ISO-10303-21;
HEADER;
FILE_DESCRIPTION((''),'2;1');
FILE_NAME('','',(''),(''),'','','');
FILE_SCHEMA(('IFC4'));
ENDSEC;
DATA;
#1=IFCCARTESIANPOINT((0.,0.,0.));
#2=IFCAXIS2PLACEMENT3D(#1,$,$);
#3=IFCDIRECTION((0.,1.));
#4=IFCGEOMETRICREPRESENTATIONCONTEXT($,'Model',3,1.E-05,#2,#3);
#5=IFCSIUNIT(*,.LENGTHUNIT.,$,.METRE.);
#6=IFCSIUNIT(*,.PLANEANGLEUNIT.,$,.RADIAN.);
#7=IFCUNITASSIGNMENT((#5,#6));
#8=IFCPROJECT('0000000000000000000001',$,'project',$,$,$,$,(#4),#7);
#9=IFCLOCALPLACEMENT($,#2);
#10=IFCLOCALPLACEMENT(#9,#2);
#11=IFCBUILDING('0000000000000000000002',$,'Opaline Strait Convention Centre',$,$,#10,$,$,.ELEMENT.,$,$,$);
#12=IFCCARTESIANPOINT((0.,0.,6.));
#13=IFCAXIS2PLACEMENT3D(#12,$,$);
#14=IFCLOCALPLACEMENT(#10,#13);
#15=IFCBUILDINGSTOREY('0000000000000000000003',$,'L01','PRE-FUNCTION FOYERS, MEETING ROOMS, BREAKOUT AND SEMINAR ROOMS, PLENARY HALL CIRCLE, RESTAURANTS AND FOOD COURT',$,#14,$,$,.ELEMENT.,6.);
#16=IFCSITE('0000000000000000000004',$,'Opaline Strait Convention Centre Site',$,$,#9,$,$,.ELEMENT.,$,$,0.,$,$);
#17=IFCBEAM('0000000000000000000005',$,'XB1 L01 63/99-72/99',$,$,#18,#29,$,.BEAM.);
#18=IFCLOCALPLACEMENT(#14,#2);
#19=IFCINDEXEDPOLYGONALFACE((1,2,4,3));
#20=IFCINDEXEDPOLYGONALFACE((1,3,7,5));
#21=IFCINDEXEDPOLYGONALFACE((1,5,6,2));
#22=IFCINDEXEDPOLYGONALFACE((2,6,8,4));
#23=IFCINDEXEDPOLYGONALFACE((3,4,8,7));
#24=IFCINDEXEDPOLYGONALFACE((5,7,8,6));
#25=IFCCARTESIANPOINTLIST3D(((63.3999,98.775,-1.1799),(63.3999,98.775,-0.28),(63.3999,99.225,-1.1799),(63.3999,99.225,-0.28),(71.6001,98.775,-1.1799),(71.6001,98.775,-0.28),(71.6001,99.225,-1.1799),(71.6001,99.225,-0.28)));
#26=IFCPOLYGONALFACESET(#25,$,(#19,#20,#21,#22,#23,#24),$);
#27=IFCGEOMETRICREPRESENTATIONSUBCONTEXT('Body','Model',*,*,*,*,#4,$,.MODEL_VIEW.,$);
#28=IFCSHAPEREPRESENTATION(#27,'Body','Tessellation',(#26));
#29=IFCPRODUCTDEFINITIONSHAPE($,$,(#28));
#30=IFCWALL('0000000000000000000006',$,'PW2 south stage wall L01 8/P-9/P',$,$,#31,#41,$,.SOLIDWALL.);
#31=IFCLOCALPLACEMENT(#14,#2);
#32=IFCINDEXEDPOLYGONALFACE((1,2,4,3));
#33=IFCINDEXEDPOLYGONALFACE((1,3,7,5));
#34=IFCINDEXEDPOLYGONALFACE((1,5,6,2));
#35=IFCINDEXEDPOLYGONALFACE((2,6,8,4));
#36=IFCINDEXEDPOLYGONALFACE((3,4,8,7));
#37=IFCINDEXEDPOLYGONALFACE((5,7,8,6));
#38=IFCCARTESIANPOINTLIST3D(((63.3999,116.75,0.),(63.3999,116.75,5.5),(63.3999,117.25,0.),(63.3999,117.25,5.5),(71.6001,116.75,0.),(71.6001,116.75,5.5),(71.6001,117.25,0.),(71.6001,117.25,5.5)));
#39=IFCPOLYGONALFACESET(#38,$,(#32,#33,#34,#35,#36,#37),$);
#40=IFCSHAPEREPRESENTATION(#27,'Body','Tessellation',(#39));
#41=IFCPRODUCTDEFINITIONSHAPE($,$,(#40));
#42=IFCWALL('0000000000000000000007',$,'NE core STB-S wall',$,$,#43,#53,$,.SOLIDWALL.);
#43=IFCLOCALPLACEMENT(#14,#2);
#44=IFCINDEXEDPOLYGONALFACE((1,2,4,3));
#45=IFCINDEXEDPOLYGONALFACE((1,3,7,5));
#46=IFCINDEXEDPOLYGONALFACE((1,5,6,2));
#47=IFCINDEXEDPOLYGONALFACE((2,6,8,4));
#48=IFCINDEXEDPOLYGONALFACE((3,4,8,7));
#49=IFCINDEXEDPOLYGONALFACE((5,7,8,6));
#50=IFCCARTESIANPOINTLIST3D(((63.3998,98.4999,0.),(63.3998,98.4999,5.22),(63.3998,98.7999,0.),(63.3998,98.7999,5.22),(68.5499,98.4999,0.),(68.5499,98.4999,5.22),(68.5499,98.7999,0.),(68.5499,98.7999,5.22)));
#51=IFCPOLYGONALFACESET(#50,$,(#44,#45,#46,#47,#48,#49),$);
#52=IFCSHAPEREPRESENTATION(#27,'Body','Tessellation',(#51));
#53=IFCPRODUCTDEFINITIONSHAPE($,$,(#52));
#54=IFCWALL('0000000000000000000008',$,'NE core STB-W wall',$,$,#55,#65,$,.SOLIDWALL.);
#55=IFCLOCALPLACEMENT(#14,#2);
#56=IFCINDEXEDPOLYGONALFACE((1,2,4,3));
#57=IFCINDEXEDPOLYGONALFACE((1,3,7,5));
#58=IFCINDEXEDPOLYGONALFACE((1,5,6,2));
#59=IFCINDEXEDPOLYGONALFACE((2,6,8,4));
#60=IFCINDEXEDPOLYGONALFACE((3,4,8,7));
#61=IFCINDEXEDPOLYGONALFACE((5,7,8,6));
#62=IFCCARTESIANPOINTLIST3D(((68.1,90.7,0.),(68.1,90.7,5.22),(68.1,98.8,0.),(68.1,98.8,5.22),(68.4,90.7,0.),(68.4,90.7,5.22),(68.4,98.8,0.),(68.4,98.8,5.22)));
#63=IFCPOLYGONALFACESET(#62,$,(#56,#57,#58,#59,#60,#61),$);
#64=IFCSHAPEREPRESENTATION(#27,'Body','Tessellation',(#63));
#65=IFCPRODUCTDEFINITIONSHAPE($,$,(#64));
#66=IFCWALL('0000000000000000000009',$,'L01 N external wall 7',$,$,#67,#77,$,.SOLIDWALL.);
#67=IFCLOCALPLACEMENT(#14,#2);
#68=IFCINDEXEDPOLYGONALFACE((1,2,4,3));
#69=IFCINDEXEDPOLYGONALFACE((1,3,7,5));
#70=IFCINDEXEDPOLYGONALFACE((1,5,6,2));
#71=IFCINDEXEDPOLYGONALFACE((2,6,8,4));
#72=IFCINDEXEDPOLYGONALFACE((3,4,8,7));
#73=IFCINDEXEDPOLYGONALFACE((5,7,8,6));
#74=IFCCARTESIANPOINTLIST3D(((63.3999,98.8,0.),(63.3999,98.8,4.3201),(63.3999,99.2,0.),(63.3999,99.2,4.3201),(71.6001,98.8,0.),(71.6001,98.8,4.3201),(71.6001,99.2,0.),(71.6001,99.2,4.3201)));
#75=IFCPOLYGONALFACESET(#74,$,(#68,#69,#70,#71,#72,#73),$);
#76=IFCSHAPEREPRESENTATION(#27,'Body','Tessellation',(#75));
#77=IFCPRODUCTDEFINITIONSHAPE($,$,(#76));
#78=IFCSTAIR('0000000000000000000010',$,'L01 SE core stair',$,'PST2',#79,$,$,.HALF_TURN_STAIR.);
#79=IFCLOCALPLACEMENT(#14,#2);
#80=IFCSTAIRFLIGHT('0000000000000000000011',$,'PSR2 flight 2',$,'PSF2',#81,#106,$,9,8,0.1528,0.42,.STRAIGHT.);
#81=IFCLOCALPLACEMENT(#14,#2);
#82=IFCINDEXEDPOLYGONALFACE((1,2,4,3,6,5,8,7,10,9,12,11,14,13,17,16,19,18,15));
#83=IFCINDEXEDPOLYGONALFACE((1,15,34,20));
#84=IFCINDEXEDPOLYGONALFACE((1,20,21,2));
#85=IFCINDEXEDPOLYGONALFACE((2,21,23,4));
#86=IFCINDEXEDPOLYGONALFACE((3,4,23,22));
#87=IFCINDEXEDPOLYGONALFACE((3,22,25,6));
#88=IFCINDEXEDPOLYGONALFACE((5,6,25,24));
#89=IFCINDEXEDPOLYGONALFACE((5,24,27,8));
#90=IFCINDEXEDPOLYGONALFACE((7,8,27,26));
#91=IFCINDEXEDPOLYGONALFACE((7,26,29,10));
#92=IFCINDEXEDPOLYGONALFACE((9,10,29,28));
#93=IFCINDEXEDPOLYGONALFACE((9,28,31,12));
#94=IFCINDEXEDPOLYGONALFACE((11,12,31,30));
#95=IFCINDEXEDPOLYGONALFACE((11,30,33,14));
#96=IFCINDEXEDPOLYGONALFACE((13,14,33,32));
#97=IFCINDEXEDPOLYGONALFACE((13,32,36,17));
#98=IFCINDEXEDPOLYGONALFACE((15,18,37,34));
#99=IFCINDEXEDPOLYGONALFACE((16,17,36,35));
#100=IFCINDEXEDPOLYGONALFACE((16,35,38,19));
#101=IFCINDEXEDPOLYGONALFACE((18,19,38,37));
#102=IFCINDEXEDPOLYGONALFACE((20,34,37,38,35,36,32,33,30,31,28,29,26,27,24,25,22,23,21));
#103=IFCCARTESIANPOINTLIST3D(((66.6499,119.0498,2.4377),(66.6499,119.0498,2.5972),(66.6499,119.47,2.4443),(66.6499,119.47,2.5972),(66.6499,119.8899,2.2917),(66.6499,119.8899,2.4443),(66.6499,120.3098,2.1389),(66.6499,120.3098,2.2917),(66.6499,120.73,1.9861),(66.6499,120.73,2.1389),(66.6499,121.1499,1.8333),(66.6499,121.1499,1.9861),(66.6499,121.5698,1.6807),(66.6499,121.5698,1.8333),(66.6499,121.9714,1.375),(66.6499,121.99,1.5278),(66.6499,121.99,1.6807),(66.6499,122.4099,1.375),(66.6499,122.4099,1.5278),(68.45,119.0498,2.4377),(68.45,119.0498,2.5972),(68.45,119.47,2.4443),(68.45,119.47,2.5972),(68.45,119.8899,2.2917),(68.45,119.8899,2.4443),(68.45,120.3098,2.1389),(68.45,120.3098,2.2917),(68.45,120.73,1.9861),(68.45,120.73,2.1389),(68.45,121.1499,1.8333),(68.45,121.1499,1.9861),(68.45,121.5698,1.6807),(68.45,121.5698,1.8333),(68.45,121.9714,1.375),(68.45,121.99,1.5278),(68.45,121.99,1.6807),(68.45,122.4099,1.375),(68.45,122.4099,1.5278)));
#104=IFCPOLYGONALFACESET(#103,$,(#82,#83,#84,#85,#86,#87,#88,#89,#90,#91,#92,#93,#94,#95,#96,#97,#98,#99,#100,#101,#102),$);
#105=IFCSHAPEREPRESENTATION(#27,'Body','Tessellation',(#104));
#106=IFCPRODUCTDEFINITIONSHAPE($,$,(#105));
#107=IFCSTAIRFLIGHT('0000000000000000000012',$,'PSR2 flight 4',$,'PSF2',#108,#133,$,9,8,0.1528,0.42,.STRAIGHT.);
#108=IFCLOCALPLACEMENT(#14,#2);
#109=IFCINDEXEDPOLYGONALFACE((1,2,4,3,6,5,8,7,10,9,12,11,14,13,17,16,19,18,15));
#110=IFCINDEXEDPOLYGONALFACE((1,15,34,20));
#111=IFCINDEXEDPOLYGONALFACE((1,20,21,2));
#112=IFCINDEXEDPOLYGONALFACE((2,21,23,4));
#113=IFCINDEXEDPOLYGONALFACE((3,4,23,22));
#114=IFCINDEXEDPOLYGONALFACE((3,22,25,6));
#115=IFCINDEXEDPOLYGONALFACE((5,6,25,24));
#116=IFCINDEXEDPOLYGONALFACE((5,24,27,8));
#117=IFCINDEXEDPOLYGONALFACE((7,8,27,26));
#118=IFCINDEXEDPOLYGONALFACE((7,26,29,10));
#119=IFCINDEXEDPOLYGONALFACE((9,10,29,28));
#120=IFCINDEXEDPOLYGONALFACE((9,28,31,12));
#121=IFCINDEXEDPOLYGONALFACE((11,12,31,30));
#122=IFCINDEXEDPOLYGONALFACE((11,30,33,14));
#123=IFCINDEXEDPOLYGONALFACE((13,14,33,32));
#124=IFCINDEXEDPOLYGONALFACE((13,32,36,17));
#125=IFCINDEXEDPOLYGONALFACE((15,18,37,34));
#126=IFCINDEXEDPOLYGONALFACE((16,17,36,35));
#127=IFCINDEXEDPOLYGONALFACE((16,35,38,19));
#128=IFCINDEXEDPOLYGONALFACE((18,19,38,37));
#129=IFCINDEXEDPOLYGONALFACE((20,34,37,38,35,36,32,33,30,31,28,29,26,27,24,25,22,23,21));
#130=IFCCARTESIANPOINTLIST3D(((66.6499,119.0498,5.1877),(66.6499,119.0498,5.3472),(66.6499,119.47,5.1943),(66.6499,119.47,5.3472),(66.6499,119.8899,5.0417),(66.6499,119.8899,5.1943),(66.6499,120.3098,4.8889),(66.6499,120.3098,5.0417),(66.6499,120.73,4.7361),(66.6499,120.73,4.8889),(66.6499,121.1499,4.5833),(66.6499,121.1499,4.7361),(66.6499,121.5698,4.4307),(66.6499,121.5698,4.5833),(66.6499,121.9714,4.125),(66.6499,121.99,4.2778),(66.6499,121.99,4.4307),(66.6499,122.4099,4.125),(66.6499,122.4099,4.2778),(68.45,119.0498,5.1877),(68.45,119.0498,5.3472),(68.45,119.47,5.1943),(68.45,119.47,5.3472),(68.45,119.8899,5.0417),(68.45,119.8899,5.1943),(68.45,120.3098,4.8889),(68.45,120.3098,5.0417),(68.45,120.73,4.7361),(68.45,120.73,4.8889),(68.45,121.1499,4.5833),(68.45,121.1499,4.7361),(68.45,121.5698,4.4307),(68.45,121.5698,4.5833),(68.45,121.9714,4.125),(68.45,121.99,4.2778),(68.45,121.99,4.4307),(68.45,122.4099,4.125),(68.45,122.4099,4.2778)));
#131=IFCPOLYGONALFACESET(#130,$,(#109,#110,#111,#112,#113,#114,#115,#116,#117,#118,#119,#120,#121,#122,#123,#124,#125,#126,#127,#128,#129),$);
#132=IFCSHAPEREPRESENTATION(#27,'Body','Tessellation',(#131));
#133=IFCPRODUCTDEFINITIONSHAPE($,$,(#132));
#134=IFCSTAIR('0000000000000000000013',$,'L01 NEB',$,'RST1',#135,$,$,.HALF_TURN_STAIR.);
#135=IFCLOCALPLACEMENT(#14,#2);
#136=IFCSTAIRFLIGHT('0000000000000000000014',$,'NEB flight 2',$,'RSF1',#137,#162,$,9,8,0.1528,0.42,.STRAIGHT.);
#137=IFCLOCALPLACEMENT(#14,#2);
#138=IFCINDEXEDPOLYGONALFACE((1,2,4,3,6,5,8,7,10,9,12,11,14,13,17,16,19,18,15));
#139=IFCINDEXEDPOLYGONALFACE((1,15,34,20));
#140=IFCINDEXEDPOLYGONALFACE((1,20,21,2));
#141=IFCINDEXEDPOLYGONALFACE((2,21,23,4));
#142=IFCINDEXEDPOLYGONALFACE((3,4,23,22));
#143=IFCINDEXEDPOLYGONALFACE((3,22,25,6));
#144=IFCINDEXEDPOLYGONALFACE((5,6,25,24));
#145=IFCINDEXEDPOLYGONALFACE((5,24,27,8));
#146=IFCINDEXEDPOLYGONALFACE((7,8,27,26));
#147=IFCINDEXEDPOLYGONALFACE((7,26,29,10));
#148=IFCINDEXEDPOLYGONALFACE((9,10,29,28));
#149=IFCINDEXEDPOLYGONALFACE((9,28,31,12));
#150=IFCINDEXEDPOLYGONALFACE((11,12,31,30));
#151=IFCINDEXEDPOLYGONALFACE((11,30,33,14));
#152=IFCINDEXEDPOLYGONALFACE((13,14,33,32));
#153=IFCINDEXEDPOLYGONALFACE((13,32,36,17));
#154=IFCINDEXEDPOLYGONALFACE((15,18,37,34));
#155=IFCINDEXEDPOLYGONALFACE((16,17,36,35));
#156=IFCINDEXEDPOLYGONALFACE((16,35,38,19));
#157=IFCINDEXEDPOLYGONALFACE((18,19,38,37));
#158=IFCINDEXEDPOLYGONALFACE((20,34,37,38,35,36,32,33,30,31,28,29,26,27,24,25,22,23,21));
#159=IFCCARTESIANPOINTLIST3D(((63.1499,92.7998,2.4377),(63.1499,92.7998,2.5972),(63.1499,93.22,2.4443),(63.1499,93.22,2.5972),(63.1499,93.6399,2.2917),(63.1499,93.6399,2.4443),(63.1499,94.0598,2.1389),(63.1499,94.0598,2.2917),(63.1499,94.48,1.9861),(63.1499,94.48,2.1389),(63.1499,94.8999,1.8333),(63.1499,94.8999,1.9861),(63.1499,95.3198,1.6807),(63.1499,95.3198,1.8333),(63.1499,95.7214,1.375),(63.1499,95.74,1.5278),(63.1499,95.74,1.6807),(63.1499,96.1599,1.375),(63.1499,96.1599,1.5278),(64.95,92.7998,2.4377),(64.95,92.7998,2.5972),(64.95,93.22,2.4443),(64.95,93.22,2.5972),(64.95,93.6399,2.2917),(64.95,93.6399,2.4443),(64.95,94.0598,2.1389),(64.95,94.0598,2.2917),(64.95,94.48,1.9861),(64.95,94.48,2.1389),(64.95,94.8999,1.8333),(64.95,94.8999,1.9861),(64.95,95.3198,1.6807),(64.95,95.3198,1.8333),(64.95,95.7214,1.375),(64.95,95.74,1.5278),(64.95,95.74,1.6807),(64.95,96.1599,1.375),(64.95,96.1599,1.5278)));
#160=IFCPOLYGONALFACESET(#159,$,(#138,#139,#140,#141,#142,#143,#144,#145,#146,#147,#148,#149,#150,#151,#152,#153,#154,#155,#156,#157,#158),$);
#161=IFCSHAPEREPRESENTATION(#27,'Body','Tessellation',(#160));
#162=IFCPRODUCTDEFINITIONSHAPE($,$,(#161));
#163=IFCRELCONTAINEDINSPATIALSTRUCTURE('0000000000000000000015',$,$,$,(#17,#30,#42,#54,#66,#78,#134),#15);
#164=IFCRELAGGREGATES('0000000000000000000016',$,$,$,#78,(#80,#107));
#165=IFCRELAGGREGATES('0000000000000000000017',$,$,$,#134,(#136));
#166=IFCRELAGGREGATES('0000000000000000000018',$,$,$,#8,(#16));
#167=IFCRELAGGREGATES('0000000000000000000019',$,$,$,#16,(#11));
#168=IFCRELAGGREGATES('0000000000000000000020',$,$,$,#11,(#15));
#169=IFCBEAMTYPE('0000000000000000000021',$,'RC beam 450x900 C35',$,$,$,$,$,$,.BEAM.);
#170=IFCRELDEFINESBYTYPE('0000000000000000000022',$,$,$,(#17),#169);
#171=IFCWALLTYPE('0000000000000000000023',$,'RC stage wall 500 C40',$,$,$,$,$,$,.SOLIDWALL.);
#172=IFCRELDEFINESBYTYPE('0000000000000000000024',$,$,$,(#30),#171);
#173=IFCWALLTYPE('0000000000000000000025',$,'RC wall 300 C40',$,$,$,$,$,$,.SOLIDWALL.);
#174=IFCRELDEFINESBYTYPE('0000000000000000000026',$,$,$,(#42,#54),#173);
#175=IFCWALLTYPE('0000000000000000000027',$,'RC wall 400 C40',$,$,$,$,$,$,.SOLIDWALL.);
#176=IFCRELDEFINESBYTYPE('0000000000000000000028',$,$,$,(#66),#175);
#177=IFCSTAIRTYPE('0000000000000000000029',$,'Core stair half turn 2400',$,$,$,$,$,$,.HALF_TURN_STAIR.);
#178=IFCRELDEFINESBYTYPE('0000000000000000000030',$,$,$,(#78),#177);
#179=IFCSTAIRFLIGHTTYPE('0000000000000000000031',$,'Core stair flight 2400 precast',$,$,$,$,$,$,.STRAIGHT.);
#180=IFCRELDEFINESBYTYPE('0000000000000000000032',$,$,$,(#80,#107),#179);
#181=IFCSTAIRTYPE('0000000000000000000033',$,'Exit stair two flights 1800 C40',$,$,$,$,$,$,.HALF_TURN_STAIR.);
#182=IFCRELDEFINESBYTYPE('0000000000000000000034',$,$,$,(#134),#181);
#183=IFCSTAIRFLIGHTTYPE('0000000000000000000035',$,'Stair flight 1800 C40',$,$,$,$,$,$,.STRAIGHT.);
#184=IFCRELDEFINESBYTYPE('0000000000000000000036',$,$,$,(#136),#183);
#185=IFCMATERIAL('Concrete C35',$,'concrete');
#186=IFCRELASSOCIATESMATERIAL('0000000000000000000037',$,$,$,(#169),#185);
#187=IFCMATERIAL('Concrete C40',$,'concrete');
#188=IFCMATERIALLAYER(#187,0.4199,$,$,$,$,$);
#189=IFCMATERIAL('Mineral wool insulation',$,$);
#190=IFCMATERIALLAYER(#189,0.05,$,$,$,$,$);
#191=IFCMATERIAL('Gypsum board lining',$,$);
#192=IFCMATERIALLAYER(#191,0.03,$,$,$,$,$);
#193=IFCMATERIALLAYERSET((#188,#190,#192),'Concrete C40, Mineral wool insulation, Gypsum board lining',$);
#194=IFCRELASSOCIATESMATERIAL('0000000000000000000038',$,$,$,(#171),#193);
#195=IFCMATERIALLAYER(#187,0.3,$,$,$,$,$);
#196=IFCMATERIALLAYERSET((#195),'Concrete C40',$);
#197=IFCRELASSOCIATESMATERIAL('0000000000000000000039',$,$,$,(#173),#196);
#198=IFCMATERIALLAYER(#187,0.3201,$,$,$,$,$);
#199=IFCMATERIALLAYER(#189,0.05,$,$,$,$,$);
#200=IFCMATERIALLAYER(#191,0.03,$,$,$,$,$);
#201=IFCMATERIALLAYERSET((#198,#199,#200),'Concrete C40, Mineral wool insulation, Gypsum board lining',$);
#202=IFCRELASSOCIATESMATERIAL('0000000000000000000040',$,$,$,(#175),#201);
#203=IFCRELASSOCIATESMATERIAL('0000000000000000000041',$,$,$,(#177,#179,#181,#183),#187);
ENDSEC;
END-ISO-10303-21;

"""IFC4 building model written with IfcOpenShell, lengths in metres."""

from ifc_helpers import new_model, si_unit, direction, frame, frame_2d, origin, origin_2d, place, context, subcontext, project, spatial, polyline, rectangle, outline, extrude, material, layer, layer_set, material_profile, profile_set, type_object, element, aggregate, save


model = new_model("IFC4")

# Units and contexts
model_context = context("Model", 3, precision=1e-05, world=origin(), true_north=direction((0.0, 1.0)))
body_context = subcontext(model_context, "Body", "Model", "MODEL_VIEW")
ifc_project = project(units=[si_unit("LENGTHUNIT", "METRE"), si_unit("PLANEANGLEUNIT", "RADIAN")], contexts=[model_context])

# Site, building, storey
site_placement = place(None, origin())
site = spatial("IfcSite", under=ifc_project, at=site_placement, Name="Opaline Strait Convention Centre Site", CompositionType="ELEMENT", RefElevation=0.0)
building_placement = place(site_placement, origin())
building = spatial("IfcBuilding", under=site, at=building_placement, Name="Opaline Strait Convention Centre", CompositionType="ELEMENT")
storey_placement = place(building_placement, frame((0.0, 0.0, 6.0)))
storey = spatial("IfcBuildingStorey", under=building, at=storey_placement, Name="L01", Description="PRE-FUNCTION FOYERS, MEETING ROOMS, BREAKOUT AND SEMINAR ROOMS, PLENARY HALL CIRCLE, RESTAURANTS AND FOOD COURT", CompositionType="ELEMENT", Elevation=6.0)

# Beam
ifc_material_1 = material(Name="Concrete C35", Category="concrete")
ifc_material_profile = material_profile(ifc_material_1, rectangle(XDim=0.45, YDim=0.8999, at=origin_2d()), Name="RC 450x900")
ifc_profile_set = profile_set([ifc_material_profile], Name="Concrete C35")
beam_type = type_object("IfcBeamType", Name="RC beam 450x900 C35", PredefinedType="BEAM", material=ifc_profile_set)
beam_placement = place(storey_placement, frame((63.3999, 99.0, -0.73), z_axis=(1.0, 0.0, 0.0), x_axis=(0.0, 1.0, 0.0)))
element("IfcBeam", 1, at=beam_placement, inside=storey, type_object=beam_type, Name="XB1 L01 63/99-72/99", PredefinedType="BEAM", context=body_context, shape_type="SweptSolid", body=[
    extrude(rectangle(XDim=0.45, YDim=0.8999, at=origin_2d()), origin(), (0.0, 0.0, 1.0), 8.2002),
])

# Walls
ifc_material_2 = material(Name="Concrete C40", Category="concrete")
ifc_layer_1 = layer(ifc_material_2, 0.4199)
ifc_material_3 = material(Name="Mineral wool insulation")
ifc_layer_2 = layer(ifc_material_3, 0.05)
ifc_material_4 = material(Name="Gypsum board lining")
ifc_layer_3 = layer(ifc_material_4, 0.03)
ifc_layer_set_1 = layer_set([ifc_layer_1, ifc_layer_2, ifc_layer_3], Name="Concrete C40, Mineral wool insulation, Gypsum board lining")
wall_type_1 = type_object("IfcWallType", Name="RC stage wall 500 C40", PredefinedType="SOLIDWALL", material=ifc_layer_set_1)
wall_1_placement = place(storey_placement, frame((63.3999, 117.0, 0.0), z_axis=(0.0, 0.0, 1.0), x_axis=(1.0, 0.0, 0.0)))
element("IfcWall", 2, at=wall_1_placement, inside=storey, type_object=wall_type_1, Name="PW2 south stage wall L01 8/P-9/P", PredefinedType="SOLIDWALL", context=body_context, shape_type="SweptSolid", body=[
    extrude(rectangle(XDim=8.2002, YDim=0.5, at=frame_2d((4.1001, 0.0))), origin(), (0.0, 0.0, 1.0), 5.5),
])
ifc_layer_4 = layer(ifc_material_2, 0.3)
ifc_layer_set_2 = layer_set([ifc_layer_4], Name="Concrete C40")
wall_type_2 = type_object("IfcWallType", Name="RC wall 300 C40", PredefinedType="SOLIDWALL", material=ifc_layer_set_2)
wall_2_placement = place(storey_placement, frame((68.55, 98.6499, 0.0), z_axis=(0.0, 0.0, 1.0), x_axis=(-1.0, 0.0, 0.0)))
element("IfcWall", 3, at=wall_2_placement, inside=storey, type_object=wall_type_2, Name="NE core STB-S wall", PredefinedType="SOLIDWALL", context=body_context, shape_type="SweptSolid", body=[
    extrude(rectangle(XDim=5.1501, YDim=0.3, at=frame_2d((2.5752, 0.0))), origin(), (0.0, 0.0, 1.0), 5.22),
])
wall_3_placement = place(storey_placement, frame((68.25, 98.8, 0.0), z_axis=(0.0, 0.0, 1.0), x_axis=(0.0, -1.0, 0.0)))
element("IfcWall", 4, at=wall_3_placement, inside=storey, type_object=wall_type_2, Name="NE core STB-W wall", PredefinedType="SOLIDWALL", context=body_context, shape_type="SweptSolid", body=[
    extrude(rectangle(XDim=8.1001, YDim=0.3, at=frame_2d((4.05, 0.0))), origin(), (0.0, 0.0, 1.0), 5.22),
])
ifc_layer_5 = layer(ifc_material_2, 0.3201)
ifc_layer_6 = layer(ifc_material_3, 0.05)
ifc_layer_7 = layer(ifc_material_4, 0.03)
ifc_layer_set_3 = layer_set([ifc_layer_5, ifc_layer_6, ifc_layer_7], Name="Concrete C40, Mineral wool insulation, Gypsum board lining")
wall_type_3 = type_object("IfcWallType", Name="RC wall 400 C40", PredefinedType="SOLIDWALL", material=ifc_layer_set_3)
wall_4_placement = place(storey_placement, frame((63.3999, 99.0, 0.0), z_axis=(0.0, 0.0, 1.0), x_axis=(1.0, 0.0, 0.0)))
element("IfcWall", 5, at=wall_4_placement, inside=storey, type_object=wall_type_3, Name="L01 N external wall 7", PredefinedType="SOLIDWALL", context=body_context, shape_type="SweptSolid", body=[
    extrude(rectangle(XDim=8.2002, YDim=0.3999, at=frame_2d((4.1001, 0.0))), origin(), (0.0, 0.0, 1.0), 4.3201),
])

# Stairs, stair flights
stair_type_1 = type_object("IfcStairType", Name="Core stair half turn 2400", PredefinedType="HALF_TURN_STAIR", material=ifc_material_2)
stair_1_placement = place(storey_placement, origin())
stair_1 = element("IfcStair", 6, at=stair_1_placement, inside=storey, type_object=stair_type_1, Name="L01 SE core stair", ObjectType="PST2", PredefinedType="HALF_TURN_STAIR")
stair_flight_type_1 = type_object("IfcStairFlightType", Name="Core stair flight 2400 precast", PredefinedType="STRAIGHT", material=ifc_material_2)
stair_flight_1_placement = place(storey_placement, frame((67.55, 122.4099, 1.375), z_axis=(0.0, 0.0, 1.0), x_axis=(0.0, -1.0, 0.0)))
stair_flight_1 = element("IfcStairFlight", 7, at=stair_flight_1_placement, type_object=stair_flight_type_1, Name="PSR2 flight 2", ObjectType="PSF2", NumberOfRisers=9, NumberOfTreads=8, PredefinedType="STRAIGHT", RiserHeight=0.1528, TreadLength=0.42, context=body_context, shape_type="SweptSolid", body=[
    extrude(outline(polyline([(0.0, 0.0), (0.0, 0.1528), (0.4199, 0.1528), (0.4199, 0.3057), (0.8401, 0.3057), (0.8401, 0.4583), (1.26, 0.4583), (1.26, 0.6111), (1.6799, 0.6111), (1.6799, 0.7639), (2.1001, 0.7639), (2.1001, 0.9167), (2.52, 0.9167), (2.52, 1.0693), (2.9399, 1.0693), (2.9399, 1.2222), (3.3601, 1.2222), (3.3601, 1.375), (3.3601, 1.0627), (0.4385, 0.0), (0.0, 0.0)])), frame((0.0, 0.8999, 0.0), z_axis=(0.0, -1.0, 0.0), x_axis=(1.0, 0.0, 0.0)), (0.0, 0.0, 1.0), 1.8),
])
stair_flight_2_placement = place(storey_placement, frame((67.55, 122.4099, 4.125), z_axis=(0.0, 0.0, 1.0), x_axis=(0.0, -1.0, 0.0)))
stair_flight_2 = element("IfcStairFlight", 8, at=stair_flight_2_placement, type_object=stair_flight_type_1, Name="PSR2 flight 4", ObjectType="PSF2", NumberOfRisers=9, NumberOfTreads=8, PredefinedType="STRAIGHT", RiserHeight=0.1528, TreadLength=0.42, context=body_context, shape_type="SweptSolid", body=[
    extrude(outline(polyline([(0.0, 0.0), (0.0, 0.1528), (0.4199, 0.1528), (0.4199, 0.3057), (0.8401, 0.3057), (0.8401, 0.4583), (1.26, 0.4583), (1.26, 0.6111), (1.6799, 0.6111), (1.6799, 0.7639), (2.1001, 0.7639), (2.1001, 0.9167), (2.52, 0.9167), (2.52, 1.0693), (2.9399, 1.0693), (2.9399, 1.2222), (3.3601, 1.2222), (3.3601, 1.375), (3.3601, 1.0627), (0.4385, 0.0), (0.0, 0.0)])), frame((0.0, 0.8999, 0.0), z_axis=(0.0, -1.0, 0.0), x_axis=(1.0, 0.0, 0.0)), (0.0, 0.0, 1.0), 1.8),
])
aggregate(stair_1, [stair_flight_1, stair_flight_2])
stair_type_2 = type_object("IfcStairType", Name="Exit stair two flights 1800 C40", PredefinedType="HALF_TURN_STAIR", material=ifc_material_2)
stair_2_placement = place(storey_placement, origin())
stair_2 = element("IfcStair", 9, at=stair_2_placement, inside=storey, type_object=stair_type_2, Name="L01 NEB", ObjectType="RST1", PredefinedType="HALF_TURN_STAIR")
stair_flight_type_2 = type_object("IfcStairFlightType", Name="Stair flight 1800 C40", PredefinedType="STRAIGHT", material=ifc_material_2)
stair_flight_3_placement = place(storey_placement, frame((64.05, 96.1599, 1.375), z_axis=(0.0, 0.0, 1.0), x_axis=(0.0, -1.0, 0.0)))
stair_flight_3 = element("IfcStairFlight", 10, at=stair_flight_3_placement, type_object=stair_flight_type_2, Name="NEB flight 2", ObjectType="RSF1", NumberOfRisers=9, NumberOfTreads=8, PredefinedType="STRAIGHT", RiserHeight=0.1528, TreadLength=0.42, context=body_context, shape_type="SweptSolid", body=[
    extrude(outline(polyline([(0.0, 0.0), (0.0, 0.1528), (0.4199, 0.1528), (0.4199, 0.3057), (0.8401, 0.3057), (0.8401, 0.4583), (1.26, 0.4583), (1.26, 0.6111), (1.6799, 0.6111), (1.6799, 0.7639), (2.1001, 0.7639), (2.1001, 0.9167), (2.52, 0.9167), (2.52, 1.0693), (2.9399, 1.0693), (2.9399, 1.2222), (3.3601, 1.2222), (3.3601, 1.375), (3.3601, 1.0627), (0.4385, 0.0), (0.0, 0.0)])), frame((0.0, 0.8999, 0.0), z_axis=(0.0, -1.0, 0.0), x_axis=(1.0, 0.0, 0.0)), (0.0, 0.0, 1.0), 1.8),
])
aggregate(stair_2, [stair_flight_3])

save(model, "model.ifc")
